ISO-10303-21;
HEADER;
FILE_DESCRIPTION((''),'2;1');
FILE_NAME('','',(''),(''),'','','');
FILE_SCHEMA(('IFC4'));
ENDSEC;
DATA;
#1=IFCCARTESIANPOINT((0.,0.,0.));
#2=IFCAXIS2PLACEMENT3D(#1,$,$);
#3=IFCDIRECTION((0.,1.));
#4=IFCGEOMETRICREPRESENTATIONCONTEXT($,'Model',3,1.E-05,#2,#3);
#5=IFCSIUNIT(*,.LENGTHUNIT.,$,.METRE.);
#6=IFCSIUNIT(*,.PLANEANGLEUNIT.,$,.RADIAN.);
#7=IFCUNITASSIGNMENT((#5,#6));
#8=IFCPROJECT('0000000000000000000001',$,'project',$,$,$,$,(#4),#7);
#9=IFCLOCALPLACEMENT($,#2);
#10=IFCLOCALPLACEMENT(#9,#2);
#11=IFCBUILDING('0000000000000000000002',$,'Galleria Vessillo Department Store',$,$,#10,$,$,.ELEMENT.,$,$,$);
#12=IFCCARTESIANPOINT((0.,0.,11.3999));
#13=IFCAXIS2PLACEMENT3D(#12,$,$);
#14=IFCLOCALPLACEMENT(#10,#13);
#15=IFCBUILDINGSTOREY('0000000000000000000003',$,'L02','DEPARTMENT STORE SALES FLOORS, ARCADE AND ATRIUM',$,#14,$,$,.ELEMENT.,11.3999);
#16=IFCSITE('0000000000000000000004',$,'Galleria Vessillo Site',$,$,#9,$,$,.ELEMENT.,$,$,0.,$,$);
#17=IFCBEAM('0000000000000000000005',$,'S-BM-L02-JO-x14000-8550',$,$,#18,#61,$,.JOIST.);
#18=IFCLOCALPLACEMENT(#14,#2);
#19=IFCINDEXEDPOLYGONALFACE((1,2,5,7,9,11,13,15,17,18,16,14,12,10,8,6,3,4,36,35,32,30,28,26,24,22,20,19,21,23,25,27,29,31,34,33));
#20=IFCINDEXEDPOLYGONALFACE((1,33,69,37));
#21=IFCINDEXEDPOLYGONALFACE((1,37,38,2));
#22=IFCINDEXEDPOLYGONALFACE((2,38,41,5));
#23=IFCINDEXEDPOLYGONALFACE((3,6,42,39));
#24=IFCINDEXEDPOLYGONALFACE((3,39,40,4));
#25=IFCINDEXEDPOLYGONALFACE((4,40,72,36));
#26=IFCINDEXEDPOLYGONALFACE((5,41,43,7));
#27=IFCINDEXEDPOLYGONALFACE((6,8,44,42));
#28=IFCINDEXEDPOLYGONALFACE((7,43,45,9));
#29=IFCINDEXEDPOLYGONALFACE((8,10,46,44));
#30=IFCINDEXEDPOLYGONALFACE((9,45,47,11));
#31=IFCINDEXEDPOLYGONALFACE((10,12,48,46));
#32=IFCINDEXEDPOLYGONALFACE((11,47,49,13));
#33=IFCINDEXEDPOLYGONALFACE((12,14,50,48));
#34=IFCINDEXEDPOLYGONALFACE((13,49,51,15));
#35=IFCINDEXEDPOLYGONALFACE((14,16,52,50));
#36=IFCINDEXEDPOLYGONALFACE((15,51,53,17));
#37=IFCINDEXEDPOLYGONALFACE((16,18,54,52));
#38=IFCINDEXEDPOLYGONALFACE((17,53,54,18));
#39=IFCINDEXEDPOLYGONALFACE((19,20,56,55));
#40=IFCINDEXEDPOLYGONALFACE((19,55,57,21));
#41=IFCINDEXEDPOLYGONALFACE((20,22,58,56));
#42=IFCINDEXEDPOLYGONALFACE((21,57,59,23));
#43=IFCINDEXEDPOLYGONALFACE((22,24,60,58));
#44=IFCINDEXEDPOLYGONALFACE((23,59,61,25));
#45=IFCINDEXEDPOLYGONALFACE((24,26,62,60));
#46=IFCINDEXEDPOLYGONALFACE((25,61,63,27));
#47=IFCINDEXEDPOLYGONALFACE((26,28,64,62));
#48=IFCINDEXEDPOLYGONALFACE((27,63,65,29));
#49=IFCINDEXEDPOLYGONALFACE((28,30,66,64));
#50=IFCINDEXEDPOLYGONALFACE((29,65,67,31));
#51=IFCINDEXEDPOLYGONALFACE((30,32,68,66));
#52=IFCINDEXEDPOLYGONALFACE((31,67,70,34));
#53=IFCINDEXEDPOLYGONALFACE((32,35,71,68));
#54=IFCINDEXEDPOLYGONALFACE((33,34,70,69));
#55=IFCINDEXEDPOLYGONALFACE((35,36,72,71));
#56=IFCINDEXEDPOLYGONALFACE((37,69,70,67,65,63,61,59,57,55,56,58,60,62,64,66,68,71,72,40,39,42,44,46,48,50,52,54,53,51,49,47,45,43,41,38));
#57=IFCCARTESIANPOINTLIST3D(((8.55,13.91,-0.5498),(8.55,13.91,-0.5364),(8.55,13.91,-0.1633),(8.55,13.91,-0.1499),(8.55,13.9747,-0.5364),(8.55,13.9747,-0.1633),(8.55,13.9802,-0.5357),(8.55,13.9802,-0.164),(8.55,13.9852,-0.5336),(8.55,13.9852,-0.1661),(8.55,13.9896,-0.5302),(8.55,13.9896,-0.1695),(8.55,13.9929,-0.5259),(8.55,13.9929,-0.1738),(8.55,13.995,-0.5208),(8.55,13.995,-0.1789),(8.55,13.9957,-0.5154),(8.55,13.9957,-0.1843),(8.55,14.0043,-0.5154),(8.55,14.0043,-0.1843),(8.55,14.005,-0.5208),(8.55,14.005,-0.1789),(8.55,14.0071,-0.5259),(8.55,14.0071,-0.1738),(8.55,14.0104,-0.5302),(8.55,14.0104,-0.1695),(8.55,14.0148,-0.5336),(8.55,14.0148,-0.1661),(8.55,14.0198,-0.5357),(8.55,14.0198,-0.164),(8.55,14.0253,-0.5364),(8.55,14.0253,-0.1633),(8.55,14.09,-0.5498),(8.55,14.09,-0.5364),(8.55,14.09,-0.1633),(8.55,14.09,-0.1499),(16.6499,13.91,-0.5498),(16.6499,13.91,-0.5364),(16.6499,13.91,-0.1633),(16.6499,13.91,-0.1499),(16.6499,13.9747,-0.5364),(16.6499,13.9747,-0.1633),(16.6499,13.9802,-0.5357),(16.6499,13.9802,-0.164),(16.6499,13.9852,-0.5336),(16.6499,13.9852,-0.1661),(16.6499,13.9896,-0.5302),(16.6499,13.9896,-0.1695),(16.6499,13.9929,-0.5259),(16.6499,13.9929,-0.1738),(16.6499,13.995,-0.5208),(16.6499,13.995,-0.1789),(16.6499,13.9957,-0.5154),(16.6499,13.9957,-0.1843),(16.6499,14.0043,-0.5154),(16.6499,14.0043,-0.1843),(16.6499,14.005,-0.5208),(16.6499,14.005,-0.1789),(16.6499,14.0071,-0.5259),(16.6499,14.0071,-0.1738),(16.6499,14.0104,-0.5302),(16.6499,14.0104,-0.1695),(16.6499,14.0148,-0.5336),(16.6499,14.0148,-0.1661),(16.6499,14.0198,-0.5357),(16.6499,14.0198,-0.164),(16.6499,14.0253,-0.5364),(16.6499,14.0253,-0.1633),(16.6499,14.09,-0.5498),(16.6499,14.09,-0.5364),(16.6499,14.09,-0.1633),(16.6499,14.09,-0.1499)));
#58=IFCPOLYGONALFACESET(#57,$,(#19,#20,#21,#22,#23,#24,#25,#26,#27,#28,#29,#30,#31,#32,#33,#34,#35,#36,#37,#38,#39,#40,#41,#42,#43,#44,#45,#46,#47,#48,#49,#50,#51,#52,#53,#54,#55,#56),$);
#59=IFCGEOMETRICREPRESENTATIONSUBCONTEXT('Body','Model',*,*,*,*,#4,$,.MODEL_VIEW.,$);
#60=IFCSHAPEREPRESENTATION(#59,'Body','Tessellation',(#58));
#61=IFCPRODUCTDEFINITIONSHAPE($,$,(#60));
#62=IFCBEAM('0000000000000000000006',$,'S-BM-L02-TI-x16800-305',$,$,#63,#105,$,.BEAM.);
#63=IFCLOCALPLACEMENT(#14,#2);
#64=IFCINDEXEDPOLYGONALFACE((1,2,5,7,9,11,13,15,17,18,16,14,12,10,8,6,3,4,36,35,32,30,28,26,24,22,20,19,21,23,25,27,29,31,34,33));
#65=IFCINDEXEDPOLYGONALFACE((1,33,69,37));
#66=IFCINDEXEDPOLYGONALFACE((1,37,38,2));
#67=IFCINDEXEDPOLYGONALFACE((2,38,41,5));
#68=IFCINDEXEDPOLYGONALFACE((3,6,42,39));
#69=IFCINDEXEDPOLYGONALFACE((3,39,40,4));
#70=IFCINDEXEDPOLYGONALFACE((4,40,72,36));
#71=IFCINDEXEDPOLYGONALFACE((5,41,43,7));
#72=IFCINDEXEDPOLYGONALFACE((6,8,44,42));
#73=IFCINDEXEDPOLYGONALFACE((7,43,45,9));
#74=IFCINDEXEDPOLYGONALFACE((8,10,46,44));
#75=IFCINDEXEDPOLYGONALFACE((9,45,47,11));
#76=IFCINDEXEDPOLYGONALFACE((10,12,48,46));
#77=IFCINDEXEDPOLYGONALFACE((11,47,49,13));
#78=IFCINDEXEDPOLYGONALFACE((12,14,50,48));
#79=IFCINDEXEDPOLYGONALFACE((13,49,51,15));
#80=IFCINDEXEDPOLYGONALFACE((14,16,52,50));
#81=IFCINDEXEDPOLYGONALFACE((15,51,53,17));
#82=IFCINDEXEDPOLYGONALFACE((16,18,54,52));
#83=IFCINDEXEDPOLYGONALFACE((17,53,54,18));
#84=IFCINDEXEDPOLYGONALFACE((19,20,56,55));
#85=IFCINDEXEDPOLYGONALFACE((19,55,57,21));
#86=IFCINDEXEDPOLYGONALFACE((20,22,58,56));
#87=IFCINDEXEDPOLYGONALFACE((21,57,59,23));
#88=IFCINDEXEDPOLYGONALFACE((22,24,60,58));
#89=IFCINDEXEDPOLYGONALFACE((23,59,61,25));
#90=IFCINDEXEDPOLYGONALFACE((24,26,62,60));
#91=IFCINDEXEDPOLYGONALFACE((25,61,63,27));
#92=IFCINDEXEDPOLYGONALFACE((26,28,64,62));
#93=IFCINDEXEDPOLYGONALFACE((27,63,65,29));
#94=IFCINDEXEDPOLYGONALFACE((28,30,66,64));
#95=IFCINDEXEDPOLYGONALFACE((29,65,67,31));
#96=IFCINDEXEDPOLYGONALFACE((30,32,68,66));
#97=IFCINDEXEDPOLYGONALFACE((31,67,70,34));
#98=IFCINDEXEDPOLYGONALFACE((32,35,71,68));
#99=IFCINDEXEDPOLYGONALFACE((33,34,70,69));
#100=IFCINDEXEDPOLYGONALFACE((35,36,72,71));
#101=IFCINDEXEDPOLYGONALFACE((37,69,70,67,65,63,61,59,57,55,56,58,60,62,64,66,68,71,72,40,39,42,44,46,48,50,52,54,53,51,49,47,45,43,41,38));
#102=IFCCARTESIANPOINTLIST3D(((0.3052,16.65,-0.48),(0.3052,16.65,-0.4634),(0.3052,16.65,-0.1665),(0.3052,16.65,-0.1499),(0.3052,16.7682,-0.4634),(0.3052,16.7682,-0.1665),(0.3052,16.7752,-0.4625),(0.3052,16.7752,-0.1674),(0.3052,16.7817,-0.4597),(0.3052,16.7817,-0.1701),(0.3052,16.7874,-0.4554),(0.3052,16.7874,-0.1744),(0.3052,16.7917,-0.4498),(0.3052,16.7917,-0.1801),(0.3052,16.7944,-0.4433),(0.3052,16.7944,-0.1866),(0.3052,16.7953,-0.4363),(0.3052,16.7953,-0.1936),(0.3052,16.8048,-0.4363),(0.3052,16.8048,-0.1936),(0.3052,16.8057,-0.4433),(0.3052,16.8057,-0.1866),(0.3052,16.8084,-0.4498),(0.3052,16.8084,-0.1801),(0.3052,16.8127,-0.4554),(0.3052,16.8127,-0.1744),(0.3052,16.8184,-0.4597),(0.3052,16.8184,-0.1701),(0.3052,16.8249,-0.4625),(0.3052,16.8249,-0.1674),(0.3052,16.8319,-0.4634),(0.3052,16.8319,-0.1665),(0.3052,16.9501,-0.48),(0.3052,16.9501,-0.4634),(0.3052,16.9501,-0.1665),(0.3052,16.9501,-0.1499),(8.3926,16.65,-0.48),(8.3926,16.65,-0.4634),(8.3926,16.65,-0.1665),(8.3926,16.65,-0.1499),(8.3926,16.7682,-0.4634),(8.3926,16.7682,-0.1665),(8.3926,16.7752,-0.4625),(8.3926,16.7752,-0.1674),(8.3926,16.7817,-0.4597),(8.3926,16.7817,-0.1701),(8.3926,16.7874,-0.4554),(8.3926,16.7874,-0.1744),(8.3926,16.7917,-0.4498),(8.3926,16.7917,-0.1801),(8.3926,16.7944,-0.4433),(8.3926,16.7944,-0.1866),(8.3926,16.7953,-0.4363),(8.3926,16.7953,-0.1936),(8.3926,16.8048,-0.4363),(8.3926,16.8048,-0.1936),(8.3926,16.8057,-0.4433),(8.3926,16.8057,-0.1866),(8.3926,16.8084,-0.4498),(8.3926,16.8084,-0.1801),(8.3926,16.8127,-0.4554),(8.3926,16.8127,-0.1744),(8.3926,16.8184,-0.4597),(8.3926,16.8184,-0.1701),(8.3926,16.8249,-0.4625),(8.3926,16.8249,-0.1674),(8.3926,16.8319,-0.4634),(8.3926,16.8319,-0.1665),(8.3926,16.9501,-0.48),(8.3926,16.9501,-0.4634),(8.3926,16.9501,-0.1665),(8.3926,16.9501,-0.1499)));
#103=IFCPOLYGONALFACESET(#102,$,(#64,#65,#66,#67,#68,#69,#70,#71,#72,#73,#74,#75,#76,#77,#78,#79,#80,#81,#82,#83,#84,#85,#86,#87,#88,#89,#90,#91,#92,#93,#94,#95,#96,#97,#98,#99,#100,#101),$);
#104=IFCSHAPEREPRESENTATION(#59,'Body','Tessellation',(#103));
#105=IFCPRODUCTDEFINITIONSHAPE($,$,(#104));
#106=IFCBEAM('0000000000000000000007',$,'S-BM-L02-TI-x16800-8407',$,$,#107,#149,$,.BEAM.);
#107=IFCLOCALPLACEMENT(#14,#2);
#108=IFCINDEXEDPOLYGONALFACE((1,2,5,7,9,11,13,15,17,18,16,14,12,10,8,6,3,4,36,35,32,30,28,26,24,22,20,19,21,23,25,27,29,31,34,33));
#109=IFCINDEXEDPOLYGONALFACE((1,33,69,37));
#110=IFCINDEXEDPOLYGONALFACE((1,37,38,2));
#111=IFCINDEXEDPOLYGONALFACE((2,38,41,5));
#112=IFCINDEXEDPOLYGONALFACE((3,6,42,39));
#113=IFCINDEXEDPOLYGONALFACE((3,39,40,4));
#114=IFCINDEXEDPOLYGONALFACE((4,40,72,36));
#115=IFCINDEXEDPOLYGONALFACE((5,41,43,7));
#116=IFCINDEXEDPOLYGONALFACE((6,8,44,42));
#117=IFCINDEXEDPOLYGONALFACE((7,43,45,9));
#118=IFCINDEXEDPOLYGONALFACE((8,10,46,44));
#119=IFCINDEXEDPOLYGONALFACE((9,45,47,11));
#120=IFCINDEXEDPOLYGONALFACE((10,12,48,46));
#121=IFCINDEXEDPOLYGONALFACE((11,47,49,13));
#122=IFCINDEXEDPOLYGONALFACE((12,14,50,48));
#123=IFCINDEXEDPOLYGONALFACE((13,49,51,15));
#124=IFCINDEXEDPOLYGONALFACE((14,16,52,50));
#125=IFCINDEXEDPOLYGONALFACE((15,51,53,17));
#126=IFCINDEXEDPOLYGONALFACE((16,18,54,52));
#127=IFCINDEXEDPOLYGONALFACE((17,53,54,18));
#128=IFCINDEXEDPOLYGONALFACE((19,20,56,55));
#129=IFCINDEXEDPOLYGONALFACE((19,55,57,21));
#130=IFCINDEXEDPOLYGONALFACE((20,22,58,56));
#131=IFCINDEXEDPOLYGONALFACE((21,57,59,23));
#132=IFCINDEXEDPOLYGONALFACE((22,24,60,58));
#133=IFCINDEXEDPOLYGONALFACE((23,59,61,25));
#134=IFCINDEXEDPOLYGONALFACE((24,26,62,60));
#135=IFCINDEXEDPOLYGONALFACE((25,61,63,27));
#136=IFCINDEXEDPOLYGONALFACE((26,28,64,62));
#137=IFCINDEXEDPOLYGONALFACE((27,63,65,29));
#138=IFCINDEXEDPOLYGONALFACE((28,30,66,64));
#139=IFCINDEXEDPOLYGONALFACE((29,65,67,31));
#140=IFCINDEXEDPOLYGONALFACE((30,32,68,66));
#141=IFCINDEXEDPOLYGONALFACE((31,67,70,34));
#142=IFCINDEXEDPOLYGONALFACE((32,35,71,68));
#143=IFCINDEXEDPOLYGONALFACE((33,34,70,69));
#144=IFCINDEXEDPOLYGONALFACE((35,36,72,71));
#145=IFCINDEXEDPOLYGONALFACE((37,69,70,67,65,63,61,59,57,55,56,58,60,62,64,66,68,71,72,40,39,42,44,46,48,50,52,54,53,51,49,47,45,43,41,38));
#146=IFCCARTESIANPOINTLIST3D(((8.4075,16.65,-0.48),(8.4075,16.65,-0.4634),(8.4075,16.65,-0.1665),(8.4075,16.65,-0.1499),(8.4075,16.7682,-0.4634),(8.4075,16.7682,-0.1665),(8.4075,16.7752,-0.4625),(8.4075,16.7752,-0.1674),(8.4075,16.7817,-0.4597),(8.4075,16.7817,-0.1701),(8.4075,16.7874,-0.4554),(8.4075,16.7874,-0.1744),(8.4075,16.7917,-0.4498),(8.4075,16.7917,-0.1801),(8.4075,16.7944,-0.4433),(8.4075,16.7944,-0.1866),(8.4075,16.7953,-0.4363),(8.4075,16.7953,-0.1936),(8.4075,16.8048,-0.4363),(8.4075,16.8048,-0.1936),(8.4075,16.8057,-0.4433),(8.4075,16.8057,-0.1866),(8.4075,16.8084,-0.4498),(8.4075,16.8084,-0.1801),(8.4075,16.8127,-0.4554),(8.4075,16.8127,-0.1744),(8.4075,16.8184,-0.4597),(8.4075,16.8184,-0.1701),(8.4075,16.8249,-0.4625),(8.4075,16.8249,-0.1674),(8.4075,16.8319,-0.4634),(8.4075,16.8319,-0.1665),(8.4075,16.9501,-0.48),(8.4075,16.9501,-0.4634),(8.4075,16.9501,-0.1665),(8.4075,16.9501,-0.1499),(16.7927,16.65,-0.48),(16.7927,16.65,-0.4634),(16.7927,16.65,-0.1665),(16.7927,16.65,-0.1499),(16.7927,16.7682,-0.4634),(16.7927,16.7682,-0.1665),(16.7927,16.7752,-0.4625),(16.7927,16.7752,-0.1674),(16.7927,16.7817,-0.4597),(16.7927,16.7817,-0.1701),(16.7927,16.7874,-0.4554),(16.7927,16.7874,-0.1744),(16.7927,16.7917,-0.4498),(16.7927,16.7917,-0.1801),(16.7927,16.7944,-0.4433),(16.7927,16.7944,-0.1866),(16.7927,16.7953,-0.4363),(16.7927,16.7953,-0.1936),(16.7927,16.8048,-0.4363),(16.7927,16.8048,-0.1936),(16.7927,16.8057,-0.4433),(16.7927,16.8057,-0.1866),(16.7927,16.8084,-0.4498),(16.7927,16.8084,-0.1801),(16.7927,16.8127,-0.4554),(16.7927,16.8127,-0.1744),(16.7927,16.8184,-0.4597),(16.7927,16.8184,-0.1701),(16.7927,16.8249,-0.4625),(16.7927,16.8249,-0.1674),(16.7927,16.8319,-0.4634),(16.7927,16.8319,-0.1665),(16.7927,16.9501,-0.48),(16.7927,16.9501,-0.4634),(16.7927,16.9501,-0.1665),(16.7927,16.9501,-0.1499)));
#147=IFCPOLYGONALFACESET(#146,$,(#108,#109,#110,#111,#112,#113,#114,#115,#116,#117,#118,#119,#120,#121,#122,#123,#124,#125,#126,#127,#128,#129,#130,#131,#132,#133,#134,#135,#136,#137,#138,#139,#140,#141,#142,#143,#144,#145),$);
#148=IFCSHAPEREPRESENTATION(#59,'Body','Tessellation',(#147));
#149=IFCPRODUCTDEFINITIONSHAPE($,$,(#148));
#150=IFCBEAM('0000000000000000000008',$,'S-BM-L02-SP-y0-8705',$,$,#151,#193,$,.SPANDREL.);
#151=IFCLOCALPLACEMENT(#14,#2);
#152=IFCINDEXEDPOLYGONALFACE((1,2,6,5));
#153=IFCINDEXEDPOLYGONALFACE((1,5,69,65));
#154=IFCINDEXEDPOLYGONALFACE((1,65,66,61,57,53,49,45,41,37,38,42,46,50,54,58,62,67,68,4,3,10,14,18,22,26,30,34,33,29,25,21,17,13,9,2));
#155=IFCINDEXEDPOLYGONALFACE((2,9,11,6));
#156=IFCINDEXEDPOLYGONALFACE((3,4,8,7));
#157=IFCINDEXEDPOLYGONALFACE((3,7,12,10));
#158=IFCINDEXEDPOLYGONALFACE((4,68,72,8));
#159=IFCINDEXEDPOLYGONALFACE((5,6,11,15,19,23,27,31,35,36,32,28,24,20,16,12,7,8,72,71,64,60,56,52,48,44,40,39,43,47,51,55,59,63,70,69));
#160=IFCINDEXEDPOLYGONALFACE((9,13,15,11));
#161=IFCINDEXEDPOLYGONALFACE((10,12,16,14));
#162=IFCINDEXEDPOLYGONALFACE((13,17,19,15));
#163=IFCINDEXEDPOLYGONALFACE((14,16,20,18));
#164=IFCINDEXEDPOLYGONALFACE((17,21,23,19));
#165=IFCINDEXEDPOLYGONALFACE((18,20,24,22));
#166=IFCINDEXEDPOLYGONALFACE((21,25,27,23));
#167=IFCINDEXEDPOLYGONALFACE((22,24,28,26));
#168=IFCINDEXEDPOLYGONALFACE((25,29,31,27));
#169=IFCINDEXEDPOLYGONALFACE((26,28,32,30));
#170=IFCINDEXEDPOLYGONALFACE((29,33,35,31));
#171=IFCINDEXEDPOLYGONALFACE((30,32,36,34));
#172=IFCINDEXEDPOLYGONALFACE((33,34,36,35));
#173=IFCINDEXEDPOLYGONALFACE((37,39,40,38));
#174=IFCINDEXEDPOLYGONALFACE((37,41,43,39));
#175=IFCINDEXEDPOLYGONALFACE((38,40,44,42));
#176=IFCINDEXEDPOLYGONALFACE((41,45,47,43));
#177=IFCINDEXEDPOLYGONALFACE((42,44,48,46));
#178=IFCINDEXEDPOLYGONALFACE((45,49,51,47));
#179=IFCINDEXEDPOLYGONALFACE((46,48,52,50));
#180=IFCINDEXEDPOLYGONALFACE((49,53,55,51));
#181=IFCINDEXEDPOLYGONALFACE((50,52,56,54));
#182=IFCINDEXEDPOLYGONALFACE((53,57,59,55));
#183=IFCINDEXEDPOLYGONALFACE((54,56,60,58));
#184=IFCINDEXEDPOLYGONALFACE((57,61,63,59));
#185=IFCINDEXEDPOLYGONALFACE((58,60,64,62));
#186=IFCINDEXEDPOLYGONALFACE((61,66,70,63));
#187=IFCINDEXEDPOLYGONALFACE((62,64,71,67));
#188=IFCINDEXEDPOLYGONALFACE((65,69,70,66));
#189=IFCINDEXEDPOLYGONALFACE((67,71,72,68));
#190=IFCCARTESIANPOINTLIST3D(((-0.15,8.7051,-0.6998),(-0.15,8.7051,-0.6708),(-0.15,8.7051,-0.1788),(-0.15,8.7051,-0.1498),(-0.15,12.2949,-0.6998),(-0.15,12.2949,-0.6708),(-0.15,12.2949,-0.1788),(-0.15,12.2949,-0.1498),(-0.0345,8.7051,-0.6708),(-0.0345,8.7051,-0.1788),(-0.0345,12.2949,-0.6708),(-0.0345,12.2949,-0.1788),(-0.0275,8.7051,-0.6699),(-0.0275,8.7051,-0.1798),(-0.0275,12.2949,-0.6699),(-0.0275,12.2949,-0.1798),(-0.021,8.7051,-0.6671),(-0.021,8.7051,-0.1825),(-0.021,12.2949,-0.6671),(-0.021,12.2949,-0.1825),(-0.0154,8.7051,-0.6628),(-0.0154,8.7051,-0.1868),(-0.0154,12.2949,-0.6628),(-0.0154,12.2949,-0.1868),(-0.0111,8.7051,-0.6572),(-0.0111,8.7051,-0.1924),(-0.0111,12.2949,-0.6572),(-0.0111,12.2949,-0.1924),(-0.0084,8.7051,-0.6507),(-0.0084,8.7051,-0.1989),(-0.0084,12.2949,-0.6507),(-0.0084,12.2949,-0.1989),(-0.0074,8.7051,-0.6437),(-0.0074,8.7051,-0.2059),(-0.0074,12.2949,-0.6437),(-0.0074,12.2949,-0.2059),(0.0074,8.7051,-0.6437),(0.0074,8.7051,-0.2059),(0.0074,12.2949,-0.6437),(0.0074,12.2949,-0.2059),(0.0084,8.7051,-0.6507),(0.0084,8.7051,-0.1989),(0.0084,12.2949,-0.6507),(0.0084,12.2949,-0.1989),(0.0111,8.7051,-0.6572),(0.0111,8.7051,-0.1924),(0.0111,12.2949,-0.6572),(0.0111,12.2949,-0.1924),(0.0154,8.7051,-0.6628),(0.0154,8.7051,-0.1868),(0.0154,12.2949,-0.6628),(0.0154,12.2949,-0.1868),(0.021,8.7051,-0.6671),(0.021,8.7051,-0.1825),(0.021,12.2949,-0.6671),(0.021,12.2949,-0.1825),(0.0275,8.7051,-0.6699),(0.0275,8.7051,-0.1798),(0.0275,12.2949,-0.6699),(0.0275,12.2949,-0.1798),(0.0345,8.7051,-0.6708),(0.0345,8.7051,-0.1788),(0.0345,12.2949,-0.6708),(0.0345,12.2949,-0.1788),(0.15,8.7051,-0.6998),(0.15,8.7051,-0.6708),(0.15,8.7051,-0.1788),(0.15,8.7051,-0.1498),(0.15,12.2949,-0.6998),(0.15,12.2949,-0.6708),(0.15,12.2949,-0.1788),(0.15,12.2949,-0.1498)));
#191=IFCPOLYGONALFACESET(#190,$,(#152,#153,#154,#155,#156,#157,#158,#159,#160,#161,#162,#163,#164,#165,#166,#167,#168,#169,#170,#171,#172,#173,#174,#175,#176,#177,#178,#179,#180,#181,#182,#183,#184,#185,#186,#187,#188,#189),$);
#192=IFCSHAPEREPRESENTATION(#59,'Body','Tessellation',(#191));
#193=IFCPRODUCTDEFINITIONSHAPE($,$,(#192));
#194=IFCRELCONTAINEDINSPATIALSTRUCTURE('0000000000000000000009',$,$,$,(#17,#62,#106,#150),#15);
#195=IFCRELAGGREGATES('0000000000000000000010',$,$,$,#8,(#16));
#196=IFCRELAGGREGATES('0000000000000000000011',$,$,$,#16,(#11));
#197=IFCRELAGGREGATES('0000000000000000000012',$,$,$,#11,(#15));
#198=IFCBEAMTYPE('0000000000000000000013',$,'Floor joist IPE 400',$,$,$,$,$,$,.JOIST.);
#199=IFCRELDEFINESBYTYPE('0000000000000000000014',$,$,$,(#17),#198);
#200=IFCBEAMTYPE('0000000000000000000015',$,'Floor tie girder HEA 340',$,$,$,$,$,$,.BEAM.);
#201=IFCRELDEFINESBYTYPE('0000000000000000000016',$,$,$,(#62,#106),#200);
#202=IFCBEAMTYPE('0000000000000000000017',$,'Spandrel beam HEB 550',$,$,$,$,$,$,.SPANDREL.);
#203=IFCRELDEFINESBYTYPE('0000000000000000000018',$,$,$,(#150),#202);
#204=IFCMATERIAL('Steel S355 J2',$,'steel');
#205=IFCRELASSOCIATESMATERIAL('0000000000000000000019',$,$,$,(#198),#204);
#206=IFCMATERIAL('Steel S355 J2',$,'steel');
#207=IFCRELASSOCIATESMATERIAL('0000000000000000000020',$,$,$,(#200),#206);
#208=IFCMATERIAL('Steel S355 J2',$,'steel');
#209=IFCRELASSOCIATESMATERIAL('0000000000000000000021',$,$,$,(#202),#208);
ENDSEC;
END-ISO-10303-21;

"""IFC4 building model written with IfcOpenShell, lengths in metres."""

from ifc_helpers import new_model, si_unit, direction, frame, origin, origin_2d, place, context, subcontext, project, spatial, i_section, extrude, material, material_profile, profile_set, type_object, element, save


model = new_model("IFC4")

# Units and contexts
model_context = context("Model", 3, precision=1e-05, world=origin(), true_north=direction((0.0, 1.0)))
body_context = subcontext(model_context, "Body", "Model", "MODEL_VIEW")
ifc_project = project(units=[si_unit("LENGTHUNIT", "METRE"), si_unit("PLANEANGLEUNIT", "RADIAN")], contexts=[model_context])

# Site, building, storey
site_placement = place(None, origin())
site = spatial("IfcSite", under=ifc_project, at=site_placement, Name="Galleria Vessillo Site", CompositionType="ELEMENT", RefElevation=0.0)
building_placement = place(site_placement, origin())
building = spatial("IfcBuilding", under=site, at=building_placement, Name="Galleria Vessillo Department Store", CompositionType="ELEMENT")
storey_placement = place(building_placement, frame((0.0, 0.0, 11.3999)))
storey = spatial("IfcBuildingStorey", under=building, at=storey_placement, Name="L02", Description="DEPARTMENT STORE SALES FLOORS, ARCADE AND ATRIUM", CompositionType="ELEMENT", Elevation=11.3999)

# Beams
ifc_material_1 = material(Name="Steel S355 J2", Category="steel")
ifc_material_profile_1 = material_profile(ifc_material_1, i_section(OverallWidth=0.1799, OverallDepth=0.3999, WebThickness=0.0085, FlangeThickness=0.0134, FilletRadius=0.021, at=origin_2d()), Name="IPE 400")
ifc_profile_set_1 = profile_set([ifc_material_profile_1], Name="Steel S355 J2")
beam_type_1 = type_object("IfcBeamType", Name="Floor joist IPE 400", PredefinedType="JOIST", material=ifc_profile_set_1)
for number, where, z_axis, x_axis, name in (
    (1, (8.55, 14.0, -0.3499), (1.0, 0.0, 0.0), (0.0, 1.0, 0.0), "S-BM-L02-JO-x14000-8550"),
):
    element("IfcBeam", number, at=place(storey_placement, frame(where, z_axis=z_axis, x_axis=x_axis)), inside=storey, type_object=beam_type_1, Name=name, PredefinedType="JOIST", context=body_context, shape_type="SweptSolid", body=[
        extrude(i_section(OverallWidth=0.1799, OverallDepth=0.3999, WebThickness=0.0085, FlangeThickness=0.0134, FilletRadius=0.021, at=origin_2d()), origin(), (0.0, 0.0, 1.0), 8.0999),
    ])
ifc_material_2 = material(Name="Steel S355 J2", Category="steel")
ifc_material_profile_2 = material_profile(ifc_material_2, i_section(OverallWidth=0.3, OverallDepth=0.3301, WebThickness=0.0095, FlangeThickness=0.0166, FilletRadius=0.0271, at=origin_2d()), Name="HEA 340")
ifc_profile_set_2 = profile_set([ifc_material_profile_2], Name="Steel S355 J2")
beam_type_2 = type_object("IfcBeamType", Name="Floor tie girder HEA 340", PredefinedType="BEAM", material=ifc_profile_set_2)
beam_1_placement = place(storey_placement, frame((0.3052, 16.8, -0.3149), z_axis=(1.0, 0.0, 0.0), x_axis=(0.0, 1.0, 0.0)))
element("IfcBeam", 2, at=beam_1_placement, inside=storey, type_object=beam_type_2, Name="S-BM-L02-TI-x16800-305", PredefinedType="BEAM", context=body_context, shape_type="SweptSolid", body=[
    extrude(i_section(OverallWidth=0.3, OverallDepth=0.3301, WebThickness=0.0095, FlangeThickness=0.0166, FilletRadius=0.0271, at=origin_2d()), origin(), (0.0, 0.0, 1.0), 8.0874),
])
beam_2_placement = place(storey_placement, frame((8.4075, 16.8, -0.3149), z_axis=(1.0, 0.0, 0.0), x_axis=(0.0, 1.0, 0.0)))
element("IfcBeam", 3, at=beam_2_placement, inside=storey, type_object=beam_type_2, Name="S-BM-L02-TI-x16800-8407", PredefinedType="BEAM", context=body_context, shape_type="SweptSolid", body=[
    extrude(i_section(OverallWidth=0.3, OverallDepth=0.3301, WebThickness=0.0095, FlangeThickness=0.0166, FilletRadius=0.0271, at=origin_2d()), origin(), (0.0, 0.0, 1.0), 8.3853),
])
ifc_material_3 = material(Name="Steel S355 J2", Category="steel")
ifc_material_profile_3 = material_profile(ifc_material_3, i_section(OverallWidth=0.3, OverallDepth=0.55, WebThickness=0.0149, FlangeThickness=0.0291, FilletRadius=0.0271, at=origin_2d()), Name="HEB 550")
ifc_profile_set_3 = profile_set([ifc_material_profile_3], Name="Steel S355 J2")
beam_type_3 = type_object("IfcBeamType", Name="Spandrel beam HEB 550", PredefinedType="SPANDREL", material=ifc_profile_set_3)
for number, where, z_axis, x_axis, name in (
    (4, (0.0, 8.7051, -0.4248), (0.0, 1.0, 0.0), (-1.0, 0.0, 0.0), "S-BM-L02-SP-y0-8705"),
):
    element("IfcBeam", number, at=place(storey_placement, frame(where, z_axis=z_axis, x_axis=x_axis)), inside=storey, type_object=beam_type_3, Name=name, PredefinedType="SPANDREL", context=body_context, shape_type="SweptSolid", body=[
        extrude(i_section(OverallWidth=0.3, OverallDepth=0.55, WebThickness=0.0149, FlangeThickness=0.0291, FilletRadius=0.0271, at=origin_2d()), origin(), (0.0, 0.0, 1.0), 3.5898),
    ])

save(model, "model.ifc")
